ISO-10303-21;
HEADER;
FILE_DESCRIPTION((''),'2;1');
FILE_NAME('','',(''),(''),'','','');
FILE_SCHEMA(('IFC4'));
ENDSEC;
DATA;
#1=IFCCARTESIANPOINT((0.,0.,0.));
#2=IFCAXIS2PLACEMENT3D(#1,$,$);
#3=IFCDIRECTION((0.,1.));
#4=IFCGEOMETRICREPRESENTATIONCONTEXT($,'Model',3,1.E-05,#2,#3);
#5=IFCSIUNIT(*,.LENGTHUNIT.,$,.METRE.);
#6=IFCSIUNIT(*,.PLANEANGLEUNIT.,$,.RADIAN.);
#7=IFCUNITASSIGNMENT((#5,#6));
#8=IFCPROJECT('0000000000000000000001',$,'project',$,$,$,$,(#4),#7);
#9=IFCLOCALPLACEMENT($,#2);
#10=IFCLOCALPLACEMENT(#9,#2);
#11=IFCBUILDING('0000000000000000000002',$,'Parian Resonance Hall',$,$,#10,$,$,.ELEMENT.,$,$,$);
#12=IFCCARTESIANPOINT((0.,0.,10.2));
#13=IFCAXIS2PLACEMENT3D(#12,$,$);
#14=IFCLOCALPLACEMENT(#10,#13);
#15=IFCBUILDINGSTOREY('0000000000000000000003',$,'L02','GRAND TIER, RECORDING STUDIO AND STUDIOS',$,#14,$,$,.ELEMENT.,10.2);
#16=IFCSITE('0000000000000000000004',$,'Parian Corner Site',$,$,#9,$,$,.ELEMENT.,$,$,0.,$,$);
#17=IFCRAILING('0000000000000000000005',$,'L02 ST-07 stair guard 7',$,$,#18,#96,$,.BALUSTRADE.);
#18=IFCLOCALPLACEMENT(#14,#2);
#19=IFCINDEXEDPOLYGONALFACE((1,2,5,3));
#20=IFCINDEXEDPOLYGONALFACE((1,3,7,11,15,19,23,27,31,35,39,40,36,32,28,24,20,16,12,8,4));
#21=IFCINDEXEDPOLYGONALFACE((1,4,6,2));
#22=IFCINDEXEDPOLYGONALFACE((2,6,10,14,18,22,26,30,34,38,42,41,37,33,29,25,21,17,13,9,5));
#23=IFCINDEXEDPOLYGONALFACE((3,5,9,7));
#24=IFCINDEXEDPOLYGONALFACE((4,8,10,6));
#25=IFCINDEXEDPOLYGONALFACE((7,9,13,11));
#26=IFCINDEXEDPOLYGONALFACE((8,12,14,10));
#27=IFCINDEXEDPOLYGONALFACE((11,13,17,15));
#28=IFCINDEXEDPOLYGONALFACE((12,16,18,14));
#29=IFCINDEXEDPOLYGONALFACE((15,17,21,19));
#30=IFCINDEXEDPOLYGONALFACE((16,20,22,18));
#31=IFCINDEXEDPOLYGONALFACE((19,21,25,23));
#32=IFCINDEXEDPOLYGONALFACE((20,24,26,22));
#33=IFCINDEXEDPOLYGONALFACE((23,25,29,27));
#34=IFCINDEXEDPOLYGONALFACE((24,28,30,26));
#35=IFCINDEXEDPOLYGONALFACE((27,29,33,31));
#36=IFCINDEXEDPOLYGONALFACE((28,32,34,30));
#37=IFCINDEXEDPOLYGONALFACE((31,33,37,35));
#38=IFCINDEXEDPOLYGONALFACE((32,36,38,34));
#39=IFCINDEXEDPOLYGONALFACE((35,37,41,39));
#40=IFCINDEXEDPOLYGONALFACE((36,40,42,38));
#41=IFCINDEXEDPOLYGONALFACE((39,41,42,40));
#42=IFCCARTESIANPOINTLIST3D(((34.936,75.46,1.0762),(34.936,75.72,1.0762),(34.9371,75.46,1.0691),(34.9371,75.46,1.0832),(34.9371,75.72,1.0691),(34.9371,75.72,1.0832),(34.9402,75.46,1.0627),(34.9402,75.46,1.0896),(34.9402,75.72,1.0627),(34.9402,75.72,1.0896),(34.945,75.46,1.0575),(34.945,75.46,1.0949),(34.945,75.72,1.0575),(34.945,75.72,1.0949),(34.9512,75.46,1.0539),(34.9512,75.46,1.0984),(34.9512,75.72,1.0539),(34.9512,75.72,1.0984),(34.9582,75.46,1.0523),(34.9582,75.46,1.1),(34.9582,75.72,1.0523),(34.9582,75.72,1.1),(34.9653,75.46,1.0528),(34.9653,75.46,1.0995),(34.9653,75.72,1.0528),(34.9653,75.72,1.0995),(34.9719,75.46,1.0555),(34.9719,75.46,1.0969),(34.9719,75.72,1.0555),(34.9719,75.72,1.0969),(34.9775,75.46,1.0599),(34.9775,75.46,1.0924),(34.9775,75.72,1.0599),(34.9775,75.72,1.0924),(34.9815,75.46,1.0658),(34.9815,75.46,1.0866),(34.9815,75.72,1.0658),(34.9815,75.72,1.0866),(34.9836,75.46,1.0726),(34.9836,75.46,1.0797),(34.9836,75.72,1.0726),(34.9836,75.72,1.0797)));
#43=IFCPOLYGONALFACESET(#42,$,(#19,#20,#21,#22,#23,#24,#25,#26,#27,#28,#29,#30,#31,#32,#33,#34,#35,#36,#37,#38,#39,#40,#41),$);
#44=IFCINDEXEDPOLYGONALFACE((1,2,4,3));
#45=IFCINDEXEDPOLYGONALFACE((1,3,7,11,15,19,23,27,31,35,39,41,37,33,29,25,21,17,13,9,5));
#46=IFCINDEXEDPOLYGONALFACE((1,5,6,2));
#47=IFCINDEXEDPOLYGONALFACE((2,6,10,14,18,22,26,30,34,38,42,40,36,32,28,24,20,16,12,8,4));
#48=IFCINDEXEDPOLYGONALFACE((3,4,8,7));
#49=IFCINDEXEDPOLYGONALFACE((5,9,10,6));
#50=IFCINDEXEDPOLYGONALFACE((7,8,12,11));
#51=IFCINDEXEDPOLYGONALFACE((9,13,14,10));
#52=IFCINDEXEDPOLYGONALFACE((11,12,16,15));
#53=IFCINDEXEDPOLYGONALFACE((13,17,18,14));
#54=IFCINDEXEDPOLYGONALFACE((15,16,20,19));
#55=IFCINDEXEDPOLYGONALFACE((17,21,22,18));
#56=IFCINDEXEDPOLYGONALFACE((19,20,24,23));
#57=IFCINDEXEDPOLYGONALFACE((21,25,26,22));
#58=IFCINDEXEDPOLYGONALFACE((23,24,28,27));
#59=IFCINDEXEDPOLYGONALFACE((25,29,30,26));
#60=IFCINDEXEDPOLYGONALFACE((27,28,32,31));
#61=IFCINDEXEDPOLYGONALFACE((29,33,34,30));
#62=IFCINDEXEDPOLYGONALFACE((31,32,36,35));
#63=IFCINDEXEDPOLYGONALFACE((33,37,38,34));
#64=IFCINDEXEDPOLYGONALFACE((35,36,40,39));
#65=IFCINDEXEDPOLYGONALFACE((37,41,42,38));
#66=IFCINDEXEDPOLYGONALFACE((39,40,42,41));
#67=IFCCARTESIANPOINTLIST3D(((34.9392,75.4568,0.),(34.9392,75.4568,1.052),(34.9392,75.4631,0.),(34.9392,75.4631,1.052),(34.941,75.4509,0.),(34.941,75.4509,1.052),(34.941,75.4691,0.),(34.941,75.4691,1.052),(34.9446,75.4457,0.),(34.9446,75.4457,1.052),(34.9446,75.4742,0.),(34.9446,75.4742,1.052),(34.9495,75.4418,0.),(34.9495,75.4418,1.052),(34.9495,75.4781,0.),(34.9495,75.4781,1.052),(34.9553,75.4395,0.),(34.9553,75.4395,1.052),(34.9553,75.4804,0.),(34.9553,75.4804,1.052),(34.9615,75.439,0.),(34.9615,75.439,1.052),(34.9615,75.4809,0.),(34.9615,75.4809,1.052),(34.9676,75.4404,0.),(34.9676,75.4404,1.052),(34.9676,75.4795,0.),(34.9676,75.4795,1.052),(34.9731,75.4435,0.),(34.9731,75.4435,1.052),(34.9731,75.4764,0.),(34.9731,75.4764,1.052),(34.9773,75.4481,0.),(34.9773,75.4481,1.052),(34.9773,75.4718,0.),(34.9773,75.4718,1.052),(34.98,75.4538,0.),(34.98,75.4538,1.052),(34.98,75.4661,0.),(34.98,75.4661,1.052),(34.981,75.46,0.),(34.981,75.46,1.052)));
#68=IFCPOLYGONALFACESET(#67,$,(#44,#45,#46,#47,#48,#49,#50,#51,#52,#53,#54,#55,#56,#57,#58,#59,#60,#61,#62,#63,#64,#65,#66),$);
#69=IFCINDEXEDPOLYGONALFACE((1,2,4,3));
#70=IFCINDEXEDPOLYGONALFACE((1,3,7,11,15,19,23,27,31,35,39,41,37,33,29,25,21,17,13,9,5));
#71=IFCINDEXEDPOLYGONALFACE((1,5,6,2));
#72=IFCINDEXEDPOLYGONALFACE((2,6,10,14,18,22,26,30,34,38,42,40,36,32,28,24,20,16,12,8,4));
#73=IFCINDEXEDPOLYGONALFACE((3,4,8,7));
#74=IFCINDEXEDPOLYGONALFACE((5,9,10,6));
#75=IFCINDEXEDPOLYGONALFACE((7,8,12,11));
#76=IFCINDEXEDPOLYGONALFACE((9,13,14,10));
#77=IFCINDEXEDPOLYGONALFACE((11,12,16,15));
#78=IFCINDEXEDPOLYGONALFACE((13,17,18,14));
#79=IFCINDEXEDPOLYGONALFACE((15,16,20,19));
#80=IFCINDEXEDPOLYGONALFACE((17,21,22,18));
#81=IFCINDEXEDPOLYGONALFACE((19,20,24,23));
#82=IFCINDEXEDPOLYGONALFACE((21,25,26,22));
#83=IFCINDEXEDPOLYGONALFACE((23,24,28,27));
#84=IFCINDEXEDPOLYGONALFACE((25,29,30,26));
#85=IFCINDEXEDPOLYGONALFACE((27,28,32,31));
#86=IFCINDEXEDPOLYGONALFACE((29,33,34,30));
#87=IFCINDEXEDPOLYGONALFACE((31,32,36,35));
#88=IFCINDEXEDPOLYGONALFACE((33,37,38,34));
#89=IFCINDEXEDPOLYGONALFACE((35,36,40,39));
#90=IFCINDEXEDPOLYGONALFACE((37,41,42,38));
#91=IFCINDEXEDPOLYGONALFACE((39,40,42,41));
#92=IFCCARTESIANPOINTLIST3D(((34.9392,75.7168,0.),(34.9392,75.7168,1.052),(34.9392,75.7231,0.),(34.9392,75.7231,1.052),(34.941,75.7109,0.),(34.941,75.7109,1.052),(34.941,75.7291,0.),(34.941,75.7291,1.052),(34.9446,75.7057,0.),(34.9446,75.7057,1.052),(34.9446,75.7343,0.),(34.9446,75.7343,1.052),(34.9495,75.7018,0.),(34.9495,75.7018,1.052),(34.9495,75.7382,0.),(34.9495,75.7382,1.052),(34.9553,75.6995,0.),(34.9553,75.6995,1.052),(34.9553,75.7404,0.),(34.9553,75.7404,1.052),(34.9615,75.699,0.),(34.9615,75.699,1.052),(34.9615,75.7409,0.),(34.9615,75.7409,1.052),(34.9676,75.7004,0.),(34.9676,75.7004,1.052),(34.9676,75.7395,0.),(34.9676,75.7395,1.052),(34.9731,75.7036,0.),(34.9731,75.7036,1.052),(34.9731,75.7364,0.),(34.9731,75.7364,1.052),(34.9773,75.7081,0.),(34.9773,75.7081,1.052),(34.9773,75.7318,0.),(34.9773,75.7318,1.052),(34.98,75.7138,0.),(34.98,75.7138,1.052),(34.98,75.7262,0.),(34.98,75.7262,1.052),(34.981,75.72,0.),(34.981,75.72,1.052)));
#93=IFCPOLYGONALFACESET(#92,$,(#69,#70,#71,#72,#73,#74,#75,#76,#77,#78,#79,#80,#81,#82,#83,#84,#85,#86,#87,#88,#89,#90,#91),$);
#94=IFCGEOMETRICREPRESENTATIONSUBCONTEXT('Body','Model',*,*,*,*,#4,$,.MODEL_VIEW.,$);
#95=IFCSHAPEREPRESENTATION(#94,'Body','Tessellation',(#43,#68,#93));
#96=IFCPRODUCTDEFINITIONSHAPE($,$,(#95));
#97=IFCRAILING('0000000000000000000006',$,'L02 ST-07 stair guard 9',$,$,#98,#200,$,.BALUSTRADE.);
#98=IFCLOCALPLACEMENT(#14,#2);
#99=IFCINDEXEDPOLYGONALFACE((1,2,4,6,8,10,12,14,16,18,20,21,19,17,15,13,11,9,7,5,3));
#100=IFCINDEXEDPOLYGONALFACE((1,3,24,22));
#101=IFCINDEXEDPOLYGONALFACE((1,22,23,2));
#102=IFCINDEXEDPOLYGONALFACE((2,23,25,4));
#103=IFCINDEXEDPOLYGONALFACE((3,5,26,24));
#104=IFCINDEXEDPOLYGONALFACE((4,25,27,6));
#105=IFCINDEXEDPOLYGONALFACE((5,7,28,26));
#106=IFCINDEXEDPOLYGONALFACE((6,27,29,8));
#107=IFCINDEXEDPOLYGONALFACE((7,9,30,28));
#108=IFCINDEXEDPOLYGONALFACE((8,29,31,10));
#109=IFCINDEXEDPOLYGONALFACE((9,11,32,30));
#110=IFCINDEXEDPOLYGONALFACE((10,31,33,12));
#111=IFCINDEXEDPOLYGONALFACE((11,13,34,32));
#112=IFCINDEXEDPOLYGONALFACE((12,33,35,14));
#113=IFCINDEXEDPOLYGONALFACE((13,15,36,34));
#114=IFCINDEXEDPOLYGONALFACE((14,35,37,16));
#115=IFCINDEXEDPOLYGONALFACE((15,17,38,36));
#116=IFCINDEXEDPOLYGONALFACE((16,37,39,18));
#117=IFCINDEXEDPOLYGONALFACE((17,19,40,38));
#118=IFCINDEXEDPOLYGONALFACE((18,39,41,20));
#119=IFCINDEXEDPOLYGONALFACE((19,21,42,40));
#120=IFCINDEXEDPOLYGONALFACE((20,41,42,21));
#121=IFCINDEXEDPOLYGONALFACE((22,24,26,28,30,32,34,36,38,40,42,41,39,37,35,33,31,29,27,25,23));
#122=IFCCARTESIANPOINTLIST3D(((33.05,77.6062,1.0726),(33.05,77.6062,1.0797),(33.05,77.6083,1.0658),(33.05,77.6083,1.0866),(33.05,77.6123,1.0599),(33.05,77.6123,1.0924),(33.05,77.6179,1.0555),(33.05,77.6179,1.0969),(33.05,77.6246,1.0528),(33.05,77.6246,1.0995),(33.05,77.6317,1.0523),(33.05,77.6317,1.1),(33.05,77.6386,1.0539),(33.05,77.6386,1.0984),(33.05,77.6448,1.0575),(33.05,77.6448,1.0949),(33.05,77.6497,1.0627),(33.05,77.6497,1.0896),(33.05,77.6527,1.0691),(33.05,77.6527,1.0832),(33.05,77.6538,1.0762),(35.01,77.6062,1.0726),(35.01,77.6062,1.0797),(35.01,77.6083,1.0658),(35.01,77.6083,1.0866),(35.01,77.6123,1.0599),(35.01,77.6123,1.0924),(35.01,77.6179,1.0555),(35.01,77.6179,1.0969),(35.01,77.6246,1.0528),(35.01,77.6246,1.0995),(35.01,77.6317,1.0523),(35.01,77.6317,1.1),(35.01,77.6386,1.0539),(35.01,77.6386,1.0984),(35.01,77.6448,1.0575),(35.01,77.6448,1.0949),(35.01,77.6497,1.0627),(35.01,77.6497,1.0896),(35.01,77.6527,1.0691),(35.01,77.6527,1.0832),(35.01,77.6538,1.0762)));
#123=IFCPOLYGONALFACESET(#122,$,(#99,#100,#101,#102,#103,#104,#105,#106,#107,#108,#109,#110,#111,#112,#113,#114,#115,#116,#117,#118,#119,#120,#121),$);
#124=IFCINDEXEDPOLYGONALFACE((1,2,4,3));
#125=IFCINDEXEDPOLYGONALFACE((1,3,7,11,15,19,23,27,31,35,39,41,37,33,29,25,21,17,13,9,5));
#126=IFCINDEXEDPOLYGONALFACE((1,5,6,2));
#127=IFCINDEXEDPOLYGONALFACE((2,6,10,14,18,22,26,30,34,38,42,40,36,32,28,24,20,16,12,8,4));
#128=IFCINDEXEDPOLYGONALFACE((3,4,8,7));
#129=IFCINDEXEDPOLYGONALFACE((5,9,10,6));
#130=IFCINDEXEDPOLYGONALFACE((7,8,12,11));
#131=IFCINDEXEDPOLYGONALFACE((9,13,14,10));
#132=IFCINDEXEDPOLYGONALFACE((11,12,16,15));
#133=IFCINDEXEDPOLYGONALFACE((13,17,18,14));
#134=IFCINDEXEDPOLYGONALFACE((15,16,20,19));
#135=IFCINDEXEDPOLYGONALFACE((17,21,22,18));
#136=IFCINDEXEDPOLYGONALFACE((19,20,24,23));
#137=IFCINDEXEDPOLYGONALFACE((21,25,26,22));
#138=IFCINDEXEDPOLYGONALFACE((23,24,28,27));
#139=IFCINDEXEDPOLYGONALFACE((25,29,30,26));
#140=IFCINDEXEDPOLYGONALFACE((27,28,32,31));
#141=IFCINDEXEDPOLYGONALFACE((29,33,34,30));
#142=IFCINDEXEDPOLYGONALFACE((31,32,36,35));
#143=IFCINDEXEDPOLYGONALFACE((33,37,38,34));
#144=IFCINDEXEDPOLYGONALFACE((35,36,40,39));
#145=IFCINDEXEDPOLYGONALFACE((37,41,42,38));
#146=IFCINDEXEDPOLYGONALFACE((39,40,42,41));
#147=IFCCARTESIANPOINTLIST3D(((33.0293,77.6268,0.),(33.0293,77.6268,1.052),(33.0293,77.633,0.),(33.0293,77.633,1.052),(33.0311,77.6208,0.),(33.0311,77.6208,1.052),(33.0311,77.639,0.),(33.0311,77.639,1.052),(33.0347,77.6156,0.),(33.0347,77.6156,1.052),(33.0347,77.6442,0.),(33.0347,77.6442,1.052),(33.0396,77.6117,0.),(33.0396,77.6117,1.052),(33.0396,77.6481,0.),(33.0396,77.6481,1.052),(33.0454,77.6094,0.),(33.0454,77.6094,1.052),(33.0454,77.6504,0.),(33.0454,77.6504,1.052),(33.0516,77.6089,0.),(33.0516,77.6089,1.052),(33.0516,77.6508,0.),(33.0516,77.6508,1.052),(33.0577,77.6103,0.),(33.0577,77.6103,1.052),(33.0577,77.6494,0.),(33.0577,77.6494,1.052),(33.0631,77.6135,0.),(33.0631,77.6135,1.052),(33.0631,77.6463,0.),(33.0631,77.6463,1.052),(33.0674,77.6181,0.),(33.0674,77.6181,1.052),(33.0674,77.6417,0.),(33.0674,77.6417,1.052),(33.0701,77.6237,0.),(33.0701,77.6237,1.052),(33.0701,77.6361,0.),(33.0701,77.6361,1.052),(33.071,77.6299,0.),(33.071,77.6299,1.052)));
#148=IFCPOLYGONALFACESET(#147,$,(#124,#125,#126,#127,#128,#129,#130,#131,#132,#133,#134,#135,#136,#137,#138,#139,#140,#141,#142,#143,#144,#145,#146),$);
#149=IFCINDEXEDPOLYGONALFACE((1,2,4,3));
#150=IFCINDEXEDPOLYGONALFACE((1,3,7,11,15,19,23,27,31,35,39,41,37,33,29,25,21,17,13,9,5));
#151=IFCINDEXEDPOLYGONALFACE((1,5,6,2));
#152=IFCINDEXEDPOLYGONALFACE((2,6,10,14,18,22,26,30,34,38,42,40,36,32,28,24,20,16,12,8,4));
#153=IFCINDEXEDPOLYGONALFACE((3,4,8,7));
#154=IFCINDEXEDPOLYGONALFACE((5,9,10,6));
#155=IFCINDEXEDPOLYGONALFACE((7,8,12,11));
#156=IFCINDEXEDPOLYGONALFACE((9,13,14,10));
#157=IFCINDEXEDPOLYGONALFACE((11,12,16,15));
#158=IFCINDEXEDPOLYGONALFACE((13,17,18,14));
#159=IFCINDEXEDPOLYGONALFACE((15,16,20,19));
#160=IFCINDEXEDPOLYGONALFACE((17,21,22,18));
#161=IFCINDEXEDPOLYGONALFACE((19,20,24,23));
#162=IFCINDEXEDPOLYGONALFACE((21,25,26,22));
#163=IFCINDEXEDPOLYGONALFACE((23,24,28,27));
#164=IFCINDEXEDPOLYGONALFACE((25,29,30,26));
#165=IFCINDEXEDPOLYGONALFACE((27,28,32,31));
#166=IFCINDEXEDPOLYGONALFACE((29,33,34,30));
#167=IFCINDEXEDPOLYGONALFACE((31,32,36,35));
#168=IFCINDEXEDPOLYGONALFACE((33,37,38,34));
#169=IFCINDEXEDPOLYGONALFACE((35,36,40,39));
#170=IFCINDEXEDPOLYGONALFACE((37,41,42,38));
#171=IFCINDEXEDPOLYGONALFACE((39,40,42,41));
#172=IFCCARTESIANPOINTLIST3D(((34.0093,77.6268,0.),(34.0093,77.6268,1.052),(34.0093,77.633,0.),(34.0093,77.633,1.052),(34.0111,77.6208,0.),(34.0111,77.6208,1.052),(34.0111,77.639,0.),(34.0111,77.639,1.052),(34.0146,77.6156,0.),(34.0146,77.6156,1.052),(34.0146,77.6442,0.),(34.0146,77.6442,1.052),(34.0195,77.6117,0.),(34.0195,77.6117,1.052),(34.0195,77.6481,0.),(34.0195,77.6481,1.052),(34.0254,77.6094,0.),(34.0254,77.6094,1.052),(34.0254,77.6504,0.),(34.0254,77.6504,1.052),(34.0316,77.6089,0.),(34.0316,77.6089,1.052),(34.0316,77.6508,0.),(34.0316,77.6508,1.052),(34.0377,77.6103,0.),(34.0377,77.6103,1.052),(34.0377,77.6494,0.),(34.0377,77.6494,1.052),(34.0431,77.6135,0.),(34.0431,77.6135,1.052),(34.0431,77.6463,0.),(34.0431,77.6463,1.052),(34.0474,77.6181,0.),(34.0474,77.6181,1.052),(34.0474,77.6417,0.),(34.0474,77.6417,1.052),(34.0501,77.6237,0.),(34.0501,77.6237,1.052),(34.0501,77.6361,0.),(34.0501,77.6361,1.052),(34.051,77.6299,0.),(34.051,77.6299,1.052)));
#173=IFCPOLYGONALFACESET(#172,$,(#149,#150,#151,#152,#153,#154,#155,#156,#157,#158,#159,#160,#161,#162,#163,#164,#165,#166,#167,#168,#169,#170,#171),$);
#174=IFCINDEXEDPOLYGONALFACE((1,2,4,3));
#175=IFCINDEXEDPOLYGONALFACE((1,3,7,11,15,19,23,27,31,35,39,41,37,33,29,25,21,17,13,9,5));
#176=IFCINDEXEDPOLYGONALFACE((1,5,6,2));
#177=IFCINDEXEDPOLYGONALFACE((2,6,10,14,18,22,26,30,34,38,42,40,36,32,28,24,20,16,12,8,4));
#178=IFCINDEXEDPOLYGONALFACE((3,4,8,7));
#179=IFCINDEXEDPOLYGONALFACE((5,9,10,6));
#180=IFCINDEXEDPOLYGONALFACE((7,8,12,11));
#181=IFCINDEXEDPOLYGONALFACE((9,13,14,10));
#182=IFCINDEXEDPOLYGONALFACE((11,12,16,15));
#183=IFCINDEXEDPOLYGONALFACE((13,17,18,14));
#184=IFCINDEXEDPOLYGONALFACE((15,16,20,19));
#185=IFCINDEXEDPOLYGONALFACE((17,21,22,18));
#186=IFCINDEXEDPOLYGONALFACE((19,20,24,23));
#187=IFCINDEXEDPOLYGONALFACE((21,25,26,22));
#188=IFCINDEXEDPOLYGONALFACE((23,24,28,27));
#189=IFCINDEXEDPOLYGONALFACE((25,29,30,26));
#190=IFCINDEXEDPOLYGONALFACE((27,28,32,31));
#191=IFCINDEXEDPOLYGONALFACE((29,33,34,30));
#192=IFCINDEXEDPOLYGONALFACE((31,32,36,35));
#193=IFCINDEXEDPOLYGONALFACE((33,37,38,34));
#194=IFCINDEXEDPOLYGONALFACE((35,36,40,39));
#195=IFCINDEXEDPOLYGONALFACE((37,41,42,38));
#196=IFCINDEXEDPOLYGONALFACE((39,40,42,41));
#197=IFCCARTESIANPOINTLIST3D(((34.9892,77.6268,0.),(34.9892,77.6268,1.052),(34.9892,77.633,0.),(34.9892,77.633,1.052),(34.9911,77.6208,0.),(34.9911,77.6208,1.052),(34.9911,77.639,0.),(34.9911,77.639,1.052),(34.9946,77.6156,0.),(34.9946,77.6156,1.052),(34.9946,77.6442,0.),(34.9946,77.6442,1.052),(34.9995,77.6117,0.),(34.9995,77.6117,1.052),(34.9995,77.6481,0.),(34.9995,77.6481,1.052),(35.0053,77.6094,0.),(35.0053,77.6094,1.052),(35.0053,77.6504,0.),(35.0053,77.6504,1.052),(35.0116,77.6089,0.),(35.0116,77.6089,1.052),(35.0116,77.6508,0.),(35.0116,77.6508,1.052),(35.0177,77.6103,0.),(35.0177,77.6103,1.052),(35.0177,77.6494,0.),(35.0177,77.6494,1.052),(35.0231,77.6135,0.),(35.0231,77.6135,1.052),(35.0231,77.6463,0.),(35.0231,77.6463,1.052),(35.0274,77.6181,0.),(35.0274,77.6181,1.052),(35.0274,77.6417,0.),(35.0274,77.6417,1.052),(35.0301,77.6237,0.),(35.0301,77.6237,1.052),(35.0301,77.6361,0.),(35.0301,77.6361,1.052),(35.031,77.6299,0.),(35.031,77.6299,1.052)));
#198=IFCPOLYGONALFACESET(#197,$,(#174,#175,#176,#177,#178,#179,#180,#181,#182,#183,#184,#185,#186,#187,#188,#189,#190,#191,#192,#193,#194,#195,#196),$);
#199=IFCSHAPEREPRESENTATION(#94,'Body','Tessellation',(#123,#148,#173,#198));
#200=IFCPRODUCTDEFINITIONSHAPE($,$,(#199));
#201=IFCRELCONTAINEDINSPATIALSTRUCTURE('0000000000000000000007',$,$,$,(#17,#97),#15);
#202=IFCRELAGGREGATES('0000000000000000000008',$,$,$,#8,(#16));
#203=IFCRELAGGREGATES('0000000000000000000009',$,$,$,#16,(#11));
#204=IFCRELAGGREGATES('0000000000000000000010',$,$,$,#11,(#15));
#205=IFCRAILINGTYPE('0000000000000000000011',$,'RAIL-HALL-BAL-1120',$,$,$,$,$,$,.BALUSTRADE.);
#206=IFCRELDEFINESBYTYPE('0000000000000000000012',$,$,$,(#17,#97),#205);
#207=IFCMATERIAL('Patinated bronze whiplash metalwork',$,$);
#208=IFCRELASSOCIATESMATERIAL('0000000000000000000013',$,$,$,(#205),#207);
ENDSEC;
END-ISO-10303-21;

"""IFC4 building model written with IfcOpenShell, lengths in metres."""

from ifc_helpers import new_model, si_unit, direction, frame, origin, origin_2d, place, context, subcontext, project, spatial, circle, extrude, material, type_object, element, save


model = new_model("IFC4")

# Units and contexts
model_context = context("Model", 3, precision=1e-05, world=origin(), true_north=direction((0.0, 1.0)))
body_context = subcontext(model_context, "Body", "Model", "MODEL_VIEW")
ifc_project = project(units=[si_unit("LENGTHUNIT", "METRE"), si_unit("PLANEANGLEUNIT", "RADIAN")], contexts=[model_context])

# Site, building, storey
site_placement = place(None, origin())
site = spatial("IfcSite", under=ifc_project, at=site_placement, Name="Parian Corner Site", CompositionType="ELEMENT", RefElevation=0.0)
building_placement = place(site_placement, origin())
building = spatial("IfcBuilding", under=site, at=building_placement, Name="Parian Resonance Hall", CompositionType="ELEMENT")
storey_placement = place(building_placement, frame((0.0, 0.0, 10.2)))
storey = spatial("IfcBuildingStorey", under=building, at=storey_placement, Name="L02", Description="GRAND TIER, RECORDING STUDIO AND STUDIOS", CompositionType="ELEMENT", Elevation=10.2)

# Railings
ifc_material_1 = material(Name="Patinated bronze whiplash metalwork")
railing_type_1 = type_object("IfcRailingType", Name="RAIL-HALL-BAL-1120", PredefinedType="BALUSTRADE", material=ifc_material_1)
railing_1_placement = place(storey_placement, frame((34.96, 75.46, 0.0)))
element("IfcRailing", 1, at=railing_1_placement, inside=storey, type_object=railing_type_1, Name="L02 ST-07 stair guard 7", PredefinedType="BALUSTRADE", context=body_context, shape_type="SweptSolid", body=[
    extrude(circle(Radius=0.0239, at=origin_2d()), frame((0.0, 0.0, 1.0762), z_axis=(0.0, 1.0, 0.0), x_axis=(-1.0, 0.0, 0.0)), (0.0, 0.0, 1.0), 0.26),
    extrude(circle(Radius=0.021, at=origin_2d()), origin(), (0.0, 0.0, 1.0), 1.052),
    extrude(circle(Radius=0.021, at=origin_2d()), frame((0.0, 0.26, 0.0)), (0.0, 0.0, 1.0), 1.052),
])
railing_2_placement = place(storey_placement, frame((33.05, 77.6299, 0.0)))
element("IfcRailing", 2, at=railing_2_placement, inside=storey, type_object=railing_type_1, Name="L02 ST-07 stair guard 9", PredefinedType="BALUSTRADE", context=body_context, shape_type="SweptSolid", body=[
    extrude(circle(Radius=0.0239, at=origin_2d()), frame((0.0, 0.0, 1.0762), z_axis=(1.0, 0.0, 0.0), x_axis=(0.0, 1.0, 0.0)), (0.0, 0.0, 1.0), 1.96),
    extrude(circle(Radius=0.021, at=origin_2d()), origin(), (0.0, 0.0, 1.0), 1.052),
    extrude(circle(Radius=0.021, at=origin_2d()), frame((0.98, 0.0, 0.0)), (0.0, 0.0, 1.0), 1.052),
    extrude(circle(Radius=0.021, at=origin_2d()), frame((1.96, 0.0, 0.0)), (0.0, 0.0, 1.0), 1.052),
])

save(model, "model.ifc")
